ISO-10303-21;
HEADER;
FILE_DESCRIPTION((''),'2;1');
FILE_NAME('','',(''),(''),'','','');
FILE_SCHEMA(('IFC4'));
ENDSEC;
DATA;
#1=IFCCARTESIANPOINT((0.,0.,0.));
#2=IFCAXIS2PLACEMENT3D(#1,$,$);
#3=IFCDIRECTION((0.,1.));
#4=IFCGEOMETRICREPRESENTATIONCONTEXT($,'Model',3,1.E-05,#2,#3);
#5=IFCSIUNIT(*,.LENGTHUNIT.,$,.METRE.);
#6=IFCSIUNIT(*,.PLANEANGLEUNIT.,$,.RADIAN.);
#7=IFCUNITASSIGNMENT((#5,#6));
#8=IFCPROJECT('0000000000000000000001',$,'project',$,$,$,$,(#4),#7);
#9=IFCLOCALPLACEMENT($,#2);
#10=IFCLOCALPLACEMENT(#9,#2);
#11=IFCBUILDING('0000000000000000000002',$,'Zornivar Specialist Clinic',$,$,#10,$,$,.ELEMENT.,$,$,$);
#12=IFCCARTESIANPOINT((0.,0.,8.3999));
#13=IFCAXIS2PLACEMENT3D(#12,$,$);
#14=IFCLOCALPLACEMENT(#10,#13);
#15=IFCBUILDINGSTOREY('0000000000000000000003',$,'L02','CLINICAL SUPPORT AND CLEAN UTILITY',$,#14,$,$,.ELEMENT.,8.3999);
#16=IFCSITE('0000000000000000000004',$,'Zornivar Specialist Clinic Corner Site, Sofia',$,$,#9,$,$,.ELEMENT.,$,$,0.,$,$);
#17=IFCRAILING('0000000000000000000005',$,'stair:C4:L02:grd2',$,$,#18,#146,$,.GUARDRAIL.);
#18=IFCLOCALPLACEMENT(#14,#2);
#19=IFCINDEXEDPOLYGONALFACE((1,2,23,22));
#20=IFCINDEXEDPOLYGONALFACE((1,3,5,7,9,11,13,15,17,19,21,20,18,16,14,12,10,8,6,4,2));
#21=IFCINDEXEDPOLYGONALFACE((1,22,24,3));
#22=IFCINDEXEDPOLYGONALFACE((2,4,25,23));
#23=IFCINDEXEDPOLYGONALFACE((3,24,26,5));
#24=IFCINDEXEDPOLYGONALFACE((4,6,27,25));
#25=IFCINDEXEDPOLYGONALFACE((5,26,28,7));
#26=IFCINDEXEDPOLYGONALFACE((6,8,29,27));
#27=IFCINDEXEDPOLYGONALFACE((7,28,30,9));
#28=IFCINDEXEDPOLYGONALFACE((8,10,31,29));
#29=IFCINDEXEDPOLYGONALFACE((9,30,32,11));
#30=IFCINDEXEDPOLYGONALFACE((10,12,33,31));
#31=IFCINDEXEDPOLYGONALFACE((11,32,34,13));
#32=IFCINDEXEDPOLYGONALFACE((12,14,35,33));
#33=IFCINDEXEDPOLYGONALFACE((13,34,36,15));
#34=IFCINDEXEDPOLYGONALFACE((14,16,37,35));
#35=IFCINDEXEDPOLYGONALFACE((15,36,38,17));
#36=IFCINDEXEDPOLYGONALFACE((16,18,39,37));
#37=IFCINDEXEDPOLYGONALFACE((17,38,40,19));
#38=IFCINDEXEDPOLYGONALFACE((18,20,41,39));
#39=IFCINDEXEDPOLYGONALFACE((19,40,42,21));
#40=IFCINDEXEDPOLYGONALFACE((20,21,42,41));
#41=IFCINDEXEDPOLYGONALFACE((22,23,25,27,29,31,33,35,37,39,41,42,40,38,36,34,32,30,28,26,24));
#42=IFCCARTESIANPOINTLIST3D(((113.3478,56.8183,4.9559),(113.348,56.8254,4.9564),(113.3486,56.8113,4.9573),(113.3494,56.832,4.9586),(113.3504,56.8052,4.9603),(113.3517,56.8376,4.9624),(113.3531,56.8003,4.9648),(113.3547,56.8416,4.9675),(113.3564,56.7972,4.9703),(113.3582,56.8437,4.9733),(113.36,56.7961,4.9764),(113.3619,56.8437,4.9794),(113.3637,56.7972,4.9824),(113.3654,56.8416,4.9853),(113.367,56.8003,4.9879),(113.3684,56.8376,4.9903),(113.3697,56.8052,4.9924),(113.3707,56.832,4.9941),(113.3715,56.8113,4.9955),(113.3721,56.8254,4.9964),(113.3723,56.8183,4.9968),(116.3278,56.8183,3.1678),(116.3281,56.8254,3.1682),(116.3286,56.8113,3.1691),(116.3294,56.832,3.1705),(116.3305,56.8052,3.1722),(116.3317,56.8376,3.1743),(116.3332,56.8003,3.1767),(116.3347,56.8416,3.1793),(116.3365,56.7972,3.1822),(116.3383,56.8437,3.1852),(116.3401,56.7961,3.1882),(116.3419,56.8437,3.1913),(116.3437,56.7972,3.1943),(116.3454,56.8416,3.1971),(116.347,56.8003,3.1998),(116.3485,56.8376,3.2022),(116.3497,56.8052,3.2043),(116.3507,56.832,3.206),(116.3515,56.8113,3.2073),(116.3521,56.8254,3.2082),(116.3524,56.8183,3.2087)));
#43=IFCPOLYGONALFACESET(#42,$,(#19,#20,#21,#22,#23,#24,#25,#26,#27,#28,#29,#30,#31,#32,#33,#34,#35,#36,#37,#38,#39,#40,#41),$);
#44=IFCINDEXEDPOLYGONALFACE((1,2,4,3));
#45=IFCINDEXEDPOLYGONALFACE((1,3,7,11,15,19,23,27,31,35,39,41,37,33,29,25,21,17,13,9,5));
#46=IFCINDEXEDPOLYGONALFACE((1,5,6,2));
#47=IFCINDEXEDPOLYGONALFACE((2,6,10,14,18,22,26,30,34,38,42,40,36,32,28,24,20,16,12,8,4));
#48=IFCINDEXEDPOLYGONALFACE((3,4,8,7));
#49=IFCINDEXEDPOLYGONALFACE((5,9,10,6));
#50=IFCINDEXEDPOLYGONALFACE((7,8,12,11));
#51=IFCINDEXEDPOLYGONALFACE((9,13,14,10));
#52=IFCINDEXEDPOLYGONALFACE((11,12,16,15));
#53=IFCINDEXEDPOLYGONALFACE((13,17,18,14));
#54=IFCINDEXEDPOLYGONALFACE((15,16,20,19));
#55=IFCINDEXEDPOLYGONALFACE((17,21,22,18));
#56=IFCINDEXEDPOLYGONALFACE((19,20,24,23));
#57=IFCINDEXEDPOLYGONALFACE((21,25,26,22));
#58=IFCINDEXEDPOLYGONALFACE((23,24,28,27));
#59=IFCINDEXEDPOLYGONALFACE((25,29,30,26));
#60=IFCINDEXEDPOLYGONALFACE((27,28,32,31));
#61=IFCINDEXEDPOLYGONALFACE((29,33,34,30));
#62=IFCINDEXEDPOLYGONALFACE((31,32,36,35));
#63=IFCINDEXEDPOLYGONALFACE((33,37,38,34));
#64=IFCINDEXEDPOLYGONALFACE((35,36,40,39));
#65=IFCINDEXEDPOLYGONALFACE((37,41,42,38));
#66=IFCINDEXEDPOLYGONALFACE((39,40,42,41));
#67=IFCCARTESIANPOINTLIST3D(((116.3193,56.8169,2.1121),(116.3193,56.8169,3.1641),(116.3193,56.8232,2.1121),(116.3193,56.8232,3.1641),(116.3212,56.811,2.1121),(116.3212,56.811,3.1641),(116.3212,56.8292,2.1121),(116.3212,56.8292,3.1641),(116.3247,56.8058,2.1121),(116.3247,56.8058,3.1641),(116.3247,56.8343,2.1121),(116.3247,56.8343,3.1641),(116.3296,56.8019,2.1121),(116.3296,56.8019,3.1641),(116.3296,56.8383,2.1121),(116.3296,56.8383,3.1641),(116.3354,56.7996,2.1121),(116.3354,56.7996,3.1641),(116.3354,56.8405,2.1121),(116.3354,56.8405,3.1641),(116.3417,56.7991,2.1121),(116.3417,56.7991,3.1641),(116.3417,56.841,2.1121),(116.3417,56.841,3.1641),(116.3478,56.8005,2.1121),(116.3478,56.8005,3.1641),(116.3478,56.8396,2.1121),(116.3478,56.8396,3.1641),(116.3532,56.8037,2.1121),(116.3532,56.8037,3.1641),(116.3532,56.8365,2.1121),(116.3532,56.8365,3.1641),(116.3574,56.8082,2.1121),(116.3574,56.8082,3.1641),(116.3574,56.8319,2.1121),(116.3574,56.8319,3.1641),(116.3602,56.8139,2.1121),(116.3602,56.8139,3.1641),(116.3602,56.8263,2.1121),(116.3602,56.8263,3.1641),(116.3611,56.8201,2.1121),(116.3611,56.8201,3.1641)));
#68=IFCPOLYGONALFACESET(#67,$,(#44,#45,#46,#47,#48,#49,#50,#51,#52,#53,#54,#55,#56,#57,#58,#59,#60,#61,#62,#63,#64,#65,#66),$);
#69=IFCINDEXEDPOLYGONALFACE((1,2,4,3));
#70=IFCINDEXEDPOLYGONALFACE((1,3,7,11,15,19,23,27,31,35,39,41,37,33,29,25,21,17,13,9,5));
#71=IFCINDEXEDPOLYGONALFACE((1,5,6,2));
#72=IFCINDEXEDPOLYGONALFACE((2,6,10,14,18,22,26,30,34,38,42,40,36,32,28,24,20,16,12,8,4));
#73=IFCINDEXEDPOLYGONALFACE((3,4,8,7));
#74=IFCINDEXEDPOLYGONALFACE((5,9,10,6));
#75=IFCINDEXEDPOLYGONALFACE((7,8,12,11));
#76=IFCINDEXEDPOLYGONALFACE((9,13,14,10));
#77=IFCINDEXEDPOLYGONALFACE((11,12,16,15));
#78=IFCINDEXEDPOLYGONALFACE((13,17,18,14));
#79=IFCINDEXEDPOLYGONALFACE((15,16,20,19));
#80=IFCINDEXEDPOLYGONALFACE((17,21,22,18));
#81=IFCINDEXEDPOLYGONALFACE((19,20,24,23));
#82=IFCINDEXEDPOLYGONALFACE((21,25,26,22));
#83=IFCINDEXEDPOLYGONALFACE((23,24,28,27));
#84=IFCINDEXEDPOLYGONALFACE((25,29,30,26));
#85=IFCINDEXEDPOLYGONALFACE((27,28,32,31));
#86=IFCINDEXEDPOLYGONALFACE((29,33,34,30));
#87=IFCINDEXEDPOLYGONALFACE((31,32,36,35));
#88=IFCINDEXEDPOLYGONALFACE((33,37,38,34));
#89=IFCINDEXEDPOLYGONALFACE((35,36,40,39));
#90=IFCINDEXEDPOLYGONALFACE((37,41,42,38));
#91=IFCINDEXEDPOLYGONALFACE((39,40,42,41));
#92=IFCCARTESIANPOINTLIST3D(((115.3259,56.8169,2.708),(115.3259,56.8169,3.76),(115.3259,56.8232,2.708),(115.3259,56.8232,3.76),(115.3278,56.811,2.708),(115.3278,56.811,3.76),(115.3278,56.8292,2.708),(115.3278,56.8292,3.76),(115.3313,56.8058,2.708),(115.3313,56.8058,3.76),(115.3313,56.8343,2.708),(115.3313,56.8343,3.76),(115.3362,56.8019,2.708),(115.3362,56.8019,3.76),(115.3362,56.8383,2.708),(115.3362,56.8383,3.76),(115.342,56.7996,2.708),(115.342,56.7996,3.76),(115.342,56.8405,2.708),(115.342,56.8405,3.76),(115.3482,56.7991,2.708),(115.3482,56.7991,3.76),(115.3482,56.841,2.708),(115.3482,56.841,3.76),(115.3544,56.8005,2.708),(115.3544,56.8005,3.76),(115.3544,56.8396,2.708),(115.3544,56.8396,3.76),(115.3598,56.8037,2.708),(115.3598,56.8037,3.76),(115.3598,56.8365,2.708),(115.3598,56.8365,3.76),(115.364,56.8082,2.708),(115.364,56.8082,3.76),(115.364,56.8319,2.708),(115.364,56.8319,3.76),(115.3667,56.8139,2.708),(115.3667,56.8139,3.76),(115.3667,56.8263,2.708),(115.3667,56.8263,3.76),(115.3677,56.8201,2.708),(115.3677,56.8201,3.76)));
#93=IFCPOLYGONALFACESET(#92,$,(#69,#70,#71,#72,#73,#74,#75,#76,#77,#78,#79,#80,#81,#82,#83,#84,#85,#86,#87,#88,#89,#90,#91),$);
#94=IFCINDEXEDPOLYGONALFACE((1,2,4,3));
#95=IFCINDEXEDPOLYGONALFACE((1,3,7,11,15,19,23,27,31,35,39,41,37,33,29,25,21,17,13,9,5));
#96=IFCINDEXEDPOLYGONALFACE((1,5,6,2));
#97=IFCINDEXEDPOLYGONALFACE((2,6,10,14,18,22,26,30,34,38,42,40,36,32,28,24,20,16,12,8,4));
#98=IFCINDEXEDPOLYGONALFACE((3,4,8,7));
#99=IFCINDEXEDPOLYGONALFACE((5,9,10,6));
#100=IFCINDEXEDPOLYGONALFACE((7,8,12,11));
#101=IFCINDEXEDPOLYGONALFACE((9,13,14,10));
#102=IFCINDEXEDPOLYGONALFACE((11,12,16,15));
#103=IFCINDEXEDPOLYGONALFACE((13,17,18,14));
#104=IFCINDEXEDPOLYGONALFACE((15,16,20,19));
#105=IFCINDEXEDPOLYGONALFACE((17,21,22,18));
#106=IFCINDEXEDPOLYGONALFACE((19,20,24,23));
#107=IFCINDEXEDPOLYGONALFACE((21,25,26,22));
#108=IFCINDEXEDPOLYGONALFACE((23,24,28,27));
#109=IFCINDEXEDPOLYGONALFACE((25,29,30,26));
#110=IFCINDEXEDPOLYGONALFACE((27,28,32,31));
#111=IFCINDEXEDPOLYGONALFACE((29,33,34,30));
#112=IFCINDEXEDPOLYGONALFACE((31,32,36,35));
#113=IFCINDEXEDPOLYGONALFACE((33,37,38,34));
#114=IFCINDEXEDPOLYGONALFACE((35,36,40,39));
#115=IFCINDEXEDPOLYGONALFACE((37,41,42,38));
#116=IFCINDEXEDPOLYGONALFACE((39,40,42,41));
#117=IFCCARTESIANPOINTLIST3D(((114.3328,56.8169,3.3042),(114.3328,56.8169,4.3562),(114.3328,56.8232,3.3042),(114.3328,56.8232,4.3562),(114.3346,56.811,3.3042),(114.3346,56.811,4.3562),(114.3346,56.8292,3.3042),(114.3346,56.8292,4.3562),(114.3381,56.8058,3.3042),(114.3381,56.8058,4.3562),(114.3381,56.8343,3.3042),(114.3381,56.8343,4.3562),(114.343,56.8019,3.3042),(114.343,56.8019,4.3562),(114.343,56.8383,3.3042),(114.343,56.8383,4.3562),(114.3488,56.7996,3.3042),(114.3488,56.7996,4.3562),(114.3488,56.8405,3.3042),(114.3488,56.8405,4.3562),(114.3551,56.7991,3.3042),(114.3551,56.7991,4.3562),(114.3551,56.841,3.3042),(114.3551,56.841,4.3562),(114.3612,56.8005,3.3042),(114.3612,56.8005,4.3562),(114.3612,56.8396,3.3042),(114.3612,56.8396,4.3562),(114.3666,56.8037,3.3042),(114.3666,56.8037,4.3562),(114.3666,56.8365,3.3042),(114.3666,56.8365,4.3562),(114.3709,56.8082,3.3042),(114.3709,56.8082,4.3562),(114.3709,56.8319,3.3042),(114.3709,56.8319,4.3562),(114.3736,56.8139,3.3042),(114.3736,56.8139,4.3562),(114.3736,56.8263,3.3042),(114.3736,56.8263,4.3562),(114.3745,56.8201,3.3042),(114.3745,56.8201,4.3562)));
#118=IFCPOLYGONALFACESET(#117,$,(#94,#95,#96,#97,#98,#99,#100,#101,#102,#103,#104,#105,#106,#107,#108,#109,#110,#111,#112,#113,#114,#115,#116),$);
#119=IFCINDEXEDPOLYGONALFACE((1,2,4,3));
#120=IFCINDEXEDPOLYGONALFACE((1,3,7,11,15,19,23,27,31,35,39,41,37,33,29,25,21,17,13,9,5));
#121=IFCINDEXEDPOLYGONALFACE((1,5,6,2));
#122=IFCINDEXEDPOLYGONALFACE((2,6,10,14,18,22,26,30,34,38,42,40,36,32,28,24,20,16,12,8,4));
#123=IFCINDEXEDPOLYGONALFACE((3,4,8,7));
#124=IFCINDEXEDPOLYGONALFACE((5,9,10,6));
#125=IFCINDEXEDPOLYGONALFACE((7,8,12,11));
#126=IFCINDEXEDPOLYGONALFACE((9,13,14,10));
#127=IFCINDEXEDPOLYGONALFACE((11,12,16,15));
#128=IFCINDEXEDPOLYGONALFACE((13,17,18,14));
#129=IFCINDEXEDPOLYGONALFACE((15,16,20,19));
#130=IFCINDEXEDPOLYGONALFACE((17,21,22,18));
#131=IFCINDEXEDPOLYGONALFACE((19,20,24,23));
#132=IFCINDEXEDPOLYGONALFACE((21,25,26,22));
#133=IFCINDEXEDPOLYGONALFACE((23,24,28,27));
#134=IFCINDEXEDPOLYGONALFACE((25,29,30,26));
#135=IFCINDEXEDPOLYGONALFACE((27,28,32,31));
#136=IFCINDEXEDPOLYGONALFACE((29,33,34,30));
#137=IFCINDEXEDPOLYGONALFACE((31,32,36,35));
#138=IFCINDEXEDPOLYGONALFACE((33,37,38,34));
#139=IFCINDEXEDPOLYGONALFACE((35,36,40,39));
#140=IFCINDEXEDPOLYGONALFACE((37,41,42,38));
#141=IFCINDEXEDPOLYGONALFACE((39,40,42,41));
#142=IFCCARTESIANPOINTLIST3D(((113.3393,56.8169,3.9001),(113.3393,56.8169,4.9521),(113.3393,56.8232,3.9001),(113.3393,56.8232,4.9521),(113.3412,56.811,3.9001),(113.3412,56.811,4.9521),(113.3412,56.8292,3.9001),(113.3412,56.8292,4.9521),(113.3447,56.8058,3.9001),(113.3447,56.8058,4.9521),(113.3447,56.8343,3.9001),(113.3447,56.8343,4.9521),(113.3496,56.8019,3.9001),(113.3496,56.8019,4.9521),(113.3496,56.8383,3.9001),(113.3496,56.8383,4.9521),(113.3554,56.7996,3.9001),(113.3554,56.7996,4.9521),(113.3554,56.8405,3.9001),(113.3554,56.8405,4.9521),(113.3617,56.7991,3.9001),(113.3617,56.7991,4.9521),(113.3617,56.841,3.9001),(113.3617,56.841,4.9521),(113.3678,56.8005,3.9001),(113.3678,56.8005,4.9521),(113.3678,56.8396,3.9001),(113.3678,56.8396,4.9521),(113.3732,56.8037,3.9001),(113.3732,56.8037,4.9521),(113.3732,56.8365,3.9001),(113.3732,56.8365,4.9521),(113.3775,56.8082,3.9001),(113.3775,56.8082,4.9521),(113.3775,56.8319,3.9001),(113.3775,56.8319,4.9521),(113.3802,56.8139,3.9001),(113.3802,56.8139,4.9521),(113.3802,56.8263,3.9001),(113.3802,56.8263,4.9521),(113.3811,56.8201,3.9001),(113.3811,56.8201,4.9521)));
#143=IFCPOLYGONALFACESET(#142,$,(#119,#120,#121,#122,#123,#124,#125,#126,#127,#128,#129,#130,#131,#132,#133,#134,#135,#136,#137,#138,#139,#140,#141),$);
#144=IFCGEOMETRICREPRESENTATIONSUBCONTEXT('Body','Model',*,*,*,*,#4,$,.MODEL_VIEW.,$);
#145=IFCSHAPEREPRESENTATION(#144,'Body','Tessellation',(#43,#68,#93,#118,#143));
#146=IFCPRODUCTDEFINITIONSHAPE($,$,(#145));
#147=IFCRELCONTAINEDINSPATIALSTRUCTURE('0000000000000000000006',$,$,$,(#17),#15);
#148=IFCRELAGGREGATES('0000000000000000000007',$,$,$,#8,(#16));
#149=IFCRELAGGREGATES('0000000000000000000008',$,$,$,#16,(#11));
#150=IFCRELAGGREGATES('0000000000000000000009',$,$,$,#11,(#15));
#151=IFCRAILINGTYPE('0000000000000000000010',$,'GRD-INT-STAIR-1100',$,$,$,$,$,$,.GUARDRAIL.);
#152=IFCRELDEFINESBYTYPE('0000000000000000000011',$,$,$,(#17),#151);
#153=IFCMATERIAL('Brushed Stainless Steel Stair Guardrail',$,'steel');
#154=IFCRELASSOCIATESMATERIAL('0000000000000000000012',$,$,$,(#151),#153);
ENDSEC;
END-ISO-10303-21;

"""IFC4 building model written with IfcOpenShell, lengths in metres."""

from ifc_helpers import new_model, si_unit, direction, frame, origin, origin_2d, place, context, subcontext, project, spatial, circle, extrude, material, type_object, element, save


model = new_model("IFC4")

# Units and contexts
model_context = context("Model", 3, precision=1e-05, world=origin(), true_north=direction((0.0, 1.0)))
body_context = subcontext(model_context, "Body", "Model", "MODEL_VIEW")
ifc_project = project(units=[si_unit("LENGTHUNIT", "METRE"), si_unit("PLANEANGLEUNIT", "RADIAN")], contexts=[model_context])

# Site, building, storey
site_placement = place(None, origin())
site = spatial("IfcSite", under=ifc_project, at=site_placement, Name="Zornivar Specialist Clinic Corner Site, Sofia", CompositionType="ELEMENT", RefElevation=0.0)
building_placement = place(site_placement, origin())
building = spatial("IfcBuilding", under=site, at=building_placement, Name="Zornivar Specialist Clinic", CompositionType="ELEMENT")
storey_placement = place(building_placement, frame((0.0, 0.0, 8.3999)))
storey = spatial("IfcBuildingStorey", under=building, at=storey_placement, Name="L02", Description="CLINICAL SUPPORT AND CLEAN UTILITY", CompositionType="ELEMENT", Elevation=8.3999)

# Railing
ifc_material_1 = material(Name="Brushed Stainless Steel Stair Guardrail", Category="steel")
railing_type_1 = type_object("IfcRailingType", Name="GRD-INT-STAIR-1100", PredefinedType="GUARDRAIL", material=ifc_material_1)
railing_1_placement = place(storey_placement, frame((116.3401, 56.8201, 2.1121)))
element("IfcRailing", 1, at=railing_1_placement, inside=storey, type_object=railing_type_1, Name="stair:C4:L02:grd2", PredefinedType="GUARDRAIL", context=body_context, shape_type="SweptSolid", body=[
    extrude(circle(Radius=0.0239, at=origin_2d()), frame((0.0, 0.0, 1.0762), z_axis=(-0.857481, 0.0, 0.514516), x_axis=(0.0, -1.0, 0.0)), (0.0, 0.0, 1.0), 3.4753),
    extrude(circle(Radius=0.021, at=origin_2d()), origin(), (0.0, 0.0, 1.0), 1.052),
    extrude(circle(Radius=0.021, at=origin_2d()), frame((-0.9934, 0.0, 0.5959)), (0.0, 0.0, 1.0), 1.052),
    extrude(circle(Radius=0.021, at=origin_2d()), frame((-1.9866, 0.0, 1.1921)), (0.0, 0.0, 1.0), 1.052),
    extrude(circle(Radius=0.021, at=origin_2d()), frame((-2.98, 0.0, 1.7881)), (0.0, 0.0, 1.0), 1.052),
])

save(model, "model.ifc")
